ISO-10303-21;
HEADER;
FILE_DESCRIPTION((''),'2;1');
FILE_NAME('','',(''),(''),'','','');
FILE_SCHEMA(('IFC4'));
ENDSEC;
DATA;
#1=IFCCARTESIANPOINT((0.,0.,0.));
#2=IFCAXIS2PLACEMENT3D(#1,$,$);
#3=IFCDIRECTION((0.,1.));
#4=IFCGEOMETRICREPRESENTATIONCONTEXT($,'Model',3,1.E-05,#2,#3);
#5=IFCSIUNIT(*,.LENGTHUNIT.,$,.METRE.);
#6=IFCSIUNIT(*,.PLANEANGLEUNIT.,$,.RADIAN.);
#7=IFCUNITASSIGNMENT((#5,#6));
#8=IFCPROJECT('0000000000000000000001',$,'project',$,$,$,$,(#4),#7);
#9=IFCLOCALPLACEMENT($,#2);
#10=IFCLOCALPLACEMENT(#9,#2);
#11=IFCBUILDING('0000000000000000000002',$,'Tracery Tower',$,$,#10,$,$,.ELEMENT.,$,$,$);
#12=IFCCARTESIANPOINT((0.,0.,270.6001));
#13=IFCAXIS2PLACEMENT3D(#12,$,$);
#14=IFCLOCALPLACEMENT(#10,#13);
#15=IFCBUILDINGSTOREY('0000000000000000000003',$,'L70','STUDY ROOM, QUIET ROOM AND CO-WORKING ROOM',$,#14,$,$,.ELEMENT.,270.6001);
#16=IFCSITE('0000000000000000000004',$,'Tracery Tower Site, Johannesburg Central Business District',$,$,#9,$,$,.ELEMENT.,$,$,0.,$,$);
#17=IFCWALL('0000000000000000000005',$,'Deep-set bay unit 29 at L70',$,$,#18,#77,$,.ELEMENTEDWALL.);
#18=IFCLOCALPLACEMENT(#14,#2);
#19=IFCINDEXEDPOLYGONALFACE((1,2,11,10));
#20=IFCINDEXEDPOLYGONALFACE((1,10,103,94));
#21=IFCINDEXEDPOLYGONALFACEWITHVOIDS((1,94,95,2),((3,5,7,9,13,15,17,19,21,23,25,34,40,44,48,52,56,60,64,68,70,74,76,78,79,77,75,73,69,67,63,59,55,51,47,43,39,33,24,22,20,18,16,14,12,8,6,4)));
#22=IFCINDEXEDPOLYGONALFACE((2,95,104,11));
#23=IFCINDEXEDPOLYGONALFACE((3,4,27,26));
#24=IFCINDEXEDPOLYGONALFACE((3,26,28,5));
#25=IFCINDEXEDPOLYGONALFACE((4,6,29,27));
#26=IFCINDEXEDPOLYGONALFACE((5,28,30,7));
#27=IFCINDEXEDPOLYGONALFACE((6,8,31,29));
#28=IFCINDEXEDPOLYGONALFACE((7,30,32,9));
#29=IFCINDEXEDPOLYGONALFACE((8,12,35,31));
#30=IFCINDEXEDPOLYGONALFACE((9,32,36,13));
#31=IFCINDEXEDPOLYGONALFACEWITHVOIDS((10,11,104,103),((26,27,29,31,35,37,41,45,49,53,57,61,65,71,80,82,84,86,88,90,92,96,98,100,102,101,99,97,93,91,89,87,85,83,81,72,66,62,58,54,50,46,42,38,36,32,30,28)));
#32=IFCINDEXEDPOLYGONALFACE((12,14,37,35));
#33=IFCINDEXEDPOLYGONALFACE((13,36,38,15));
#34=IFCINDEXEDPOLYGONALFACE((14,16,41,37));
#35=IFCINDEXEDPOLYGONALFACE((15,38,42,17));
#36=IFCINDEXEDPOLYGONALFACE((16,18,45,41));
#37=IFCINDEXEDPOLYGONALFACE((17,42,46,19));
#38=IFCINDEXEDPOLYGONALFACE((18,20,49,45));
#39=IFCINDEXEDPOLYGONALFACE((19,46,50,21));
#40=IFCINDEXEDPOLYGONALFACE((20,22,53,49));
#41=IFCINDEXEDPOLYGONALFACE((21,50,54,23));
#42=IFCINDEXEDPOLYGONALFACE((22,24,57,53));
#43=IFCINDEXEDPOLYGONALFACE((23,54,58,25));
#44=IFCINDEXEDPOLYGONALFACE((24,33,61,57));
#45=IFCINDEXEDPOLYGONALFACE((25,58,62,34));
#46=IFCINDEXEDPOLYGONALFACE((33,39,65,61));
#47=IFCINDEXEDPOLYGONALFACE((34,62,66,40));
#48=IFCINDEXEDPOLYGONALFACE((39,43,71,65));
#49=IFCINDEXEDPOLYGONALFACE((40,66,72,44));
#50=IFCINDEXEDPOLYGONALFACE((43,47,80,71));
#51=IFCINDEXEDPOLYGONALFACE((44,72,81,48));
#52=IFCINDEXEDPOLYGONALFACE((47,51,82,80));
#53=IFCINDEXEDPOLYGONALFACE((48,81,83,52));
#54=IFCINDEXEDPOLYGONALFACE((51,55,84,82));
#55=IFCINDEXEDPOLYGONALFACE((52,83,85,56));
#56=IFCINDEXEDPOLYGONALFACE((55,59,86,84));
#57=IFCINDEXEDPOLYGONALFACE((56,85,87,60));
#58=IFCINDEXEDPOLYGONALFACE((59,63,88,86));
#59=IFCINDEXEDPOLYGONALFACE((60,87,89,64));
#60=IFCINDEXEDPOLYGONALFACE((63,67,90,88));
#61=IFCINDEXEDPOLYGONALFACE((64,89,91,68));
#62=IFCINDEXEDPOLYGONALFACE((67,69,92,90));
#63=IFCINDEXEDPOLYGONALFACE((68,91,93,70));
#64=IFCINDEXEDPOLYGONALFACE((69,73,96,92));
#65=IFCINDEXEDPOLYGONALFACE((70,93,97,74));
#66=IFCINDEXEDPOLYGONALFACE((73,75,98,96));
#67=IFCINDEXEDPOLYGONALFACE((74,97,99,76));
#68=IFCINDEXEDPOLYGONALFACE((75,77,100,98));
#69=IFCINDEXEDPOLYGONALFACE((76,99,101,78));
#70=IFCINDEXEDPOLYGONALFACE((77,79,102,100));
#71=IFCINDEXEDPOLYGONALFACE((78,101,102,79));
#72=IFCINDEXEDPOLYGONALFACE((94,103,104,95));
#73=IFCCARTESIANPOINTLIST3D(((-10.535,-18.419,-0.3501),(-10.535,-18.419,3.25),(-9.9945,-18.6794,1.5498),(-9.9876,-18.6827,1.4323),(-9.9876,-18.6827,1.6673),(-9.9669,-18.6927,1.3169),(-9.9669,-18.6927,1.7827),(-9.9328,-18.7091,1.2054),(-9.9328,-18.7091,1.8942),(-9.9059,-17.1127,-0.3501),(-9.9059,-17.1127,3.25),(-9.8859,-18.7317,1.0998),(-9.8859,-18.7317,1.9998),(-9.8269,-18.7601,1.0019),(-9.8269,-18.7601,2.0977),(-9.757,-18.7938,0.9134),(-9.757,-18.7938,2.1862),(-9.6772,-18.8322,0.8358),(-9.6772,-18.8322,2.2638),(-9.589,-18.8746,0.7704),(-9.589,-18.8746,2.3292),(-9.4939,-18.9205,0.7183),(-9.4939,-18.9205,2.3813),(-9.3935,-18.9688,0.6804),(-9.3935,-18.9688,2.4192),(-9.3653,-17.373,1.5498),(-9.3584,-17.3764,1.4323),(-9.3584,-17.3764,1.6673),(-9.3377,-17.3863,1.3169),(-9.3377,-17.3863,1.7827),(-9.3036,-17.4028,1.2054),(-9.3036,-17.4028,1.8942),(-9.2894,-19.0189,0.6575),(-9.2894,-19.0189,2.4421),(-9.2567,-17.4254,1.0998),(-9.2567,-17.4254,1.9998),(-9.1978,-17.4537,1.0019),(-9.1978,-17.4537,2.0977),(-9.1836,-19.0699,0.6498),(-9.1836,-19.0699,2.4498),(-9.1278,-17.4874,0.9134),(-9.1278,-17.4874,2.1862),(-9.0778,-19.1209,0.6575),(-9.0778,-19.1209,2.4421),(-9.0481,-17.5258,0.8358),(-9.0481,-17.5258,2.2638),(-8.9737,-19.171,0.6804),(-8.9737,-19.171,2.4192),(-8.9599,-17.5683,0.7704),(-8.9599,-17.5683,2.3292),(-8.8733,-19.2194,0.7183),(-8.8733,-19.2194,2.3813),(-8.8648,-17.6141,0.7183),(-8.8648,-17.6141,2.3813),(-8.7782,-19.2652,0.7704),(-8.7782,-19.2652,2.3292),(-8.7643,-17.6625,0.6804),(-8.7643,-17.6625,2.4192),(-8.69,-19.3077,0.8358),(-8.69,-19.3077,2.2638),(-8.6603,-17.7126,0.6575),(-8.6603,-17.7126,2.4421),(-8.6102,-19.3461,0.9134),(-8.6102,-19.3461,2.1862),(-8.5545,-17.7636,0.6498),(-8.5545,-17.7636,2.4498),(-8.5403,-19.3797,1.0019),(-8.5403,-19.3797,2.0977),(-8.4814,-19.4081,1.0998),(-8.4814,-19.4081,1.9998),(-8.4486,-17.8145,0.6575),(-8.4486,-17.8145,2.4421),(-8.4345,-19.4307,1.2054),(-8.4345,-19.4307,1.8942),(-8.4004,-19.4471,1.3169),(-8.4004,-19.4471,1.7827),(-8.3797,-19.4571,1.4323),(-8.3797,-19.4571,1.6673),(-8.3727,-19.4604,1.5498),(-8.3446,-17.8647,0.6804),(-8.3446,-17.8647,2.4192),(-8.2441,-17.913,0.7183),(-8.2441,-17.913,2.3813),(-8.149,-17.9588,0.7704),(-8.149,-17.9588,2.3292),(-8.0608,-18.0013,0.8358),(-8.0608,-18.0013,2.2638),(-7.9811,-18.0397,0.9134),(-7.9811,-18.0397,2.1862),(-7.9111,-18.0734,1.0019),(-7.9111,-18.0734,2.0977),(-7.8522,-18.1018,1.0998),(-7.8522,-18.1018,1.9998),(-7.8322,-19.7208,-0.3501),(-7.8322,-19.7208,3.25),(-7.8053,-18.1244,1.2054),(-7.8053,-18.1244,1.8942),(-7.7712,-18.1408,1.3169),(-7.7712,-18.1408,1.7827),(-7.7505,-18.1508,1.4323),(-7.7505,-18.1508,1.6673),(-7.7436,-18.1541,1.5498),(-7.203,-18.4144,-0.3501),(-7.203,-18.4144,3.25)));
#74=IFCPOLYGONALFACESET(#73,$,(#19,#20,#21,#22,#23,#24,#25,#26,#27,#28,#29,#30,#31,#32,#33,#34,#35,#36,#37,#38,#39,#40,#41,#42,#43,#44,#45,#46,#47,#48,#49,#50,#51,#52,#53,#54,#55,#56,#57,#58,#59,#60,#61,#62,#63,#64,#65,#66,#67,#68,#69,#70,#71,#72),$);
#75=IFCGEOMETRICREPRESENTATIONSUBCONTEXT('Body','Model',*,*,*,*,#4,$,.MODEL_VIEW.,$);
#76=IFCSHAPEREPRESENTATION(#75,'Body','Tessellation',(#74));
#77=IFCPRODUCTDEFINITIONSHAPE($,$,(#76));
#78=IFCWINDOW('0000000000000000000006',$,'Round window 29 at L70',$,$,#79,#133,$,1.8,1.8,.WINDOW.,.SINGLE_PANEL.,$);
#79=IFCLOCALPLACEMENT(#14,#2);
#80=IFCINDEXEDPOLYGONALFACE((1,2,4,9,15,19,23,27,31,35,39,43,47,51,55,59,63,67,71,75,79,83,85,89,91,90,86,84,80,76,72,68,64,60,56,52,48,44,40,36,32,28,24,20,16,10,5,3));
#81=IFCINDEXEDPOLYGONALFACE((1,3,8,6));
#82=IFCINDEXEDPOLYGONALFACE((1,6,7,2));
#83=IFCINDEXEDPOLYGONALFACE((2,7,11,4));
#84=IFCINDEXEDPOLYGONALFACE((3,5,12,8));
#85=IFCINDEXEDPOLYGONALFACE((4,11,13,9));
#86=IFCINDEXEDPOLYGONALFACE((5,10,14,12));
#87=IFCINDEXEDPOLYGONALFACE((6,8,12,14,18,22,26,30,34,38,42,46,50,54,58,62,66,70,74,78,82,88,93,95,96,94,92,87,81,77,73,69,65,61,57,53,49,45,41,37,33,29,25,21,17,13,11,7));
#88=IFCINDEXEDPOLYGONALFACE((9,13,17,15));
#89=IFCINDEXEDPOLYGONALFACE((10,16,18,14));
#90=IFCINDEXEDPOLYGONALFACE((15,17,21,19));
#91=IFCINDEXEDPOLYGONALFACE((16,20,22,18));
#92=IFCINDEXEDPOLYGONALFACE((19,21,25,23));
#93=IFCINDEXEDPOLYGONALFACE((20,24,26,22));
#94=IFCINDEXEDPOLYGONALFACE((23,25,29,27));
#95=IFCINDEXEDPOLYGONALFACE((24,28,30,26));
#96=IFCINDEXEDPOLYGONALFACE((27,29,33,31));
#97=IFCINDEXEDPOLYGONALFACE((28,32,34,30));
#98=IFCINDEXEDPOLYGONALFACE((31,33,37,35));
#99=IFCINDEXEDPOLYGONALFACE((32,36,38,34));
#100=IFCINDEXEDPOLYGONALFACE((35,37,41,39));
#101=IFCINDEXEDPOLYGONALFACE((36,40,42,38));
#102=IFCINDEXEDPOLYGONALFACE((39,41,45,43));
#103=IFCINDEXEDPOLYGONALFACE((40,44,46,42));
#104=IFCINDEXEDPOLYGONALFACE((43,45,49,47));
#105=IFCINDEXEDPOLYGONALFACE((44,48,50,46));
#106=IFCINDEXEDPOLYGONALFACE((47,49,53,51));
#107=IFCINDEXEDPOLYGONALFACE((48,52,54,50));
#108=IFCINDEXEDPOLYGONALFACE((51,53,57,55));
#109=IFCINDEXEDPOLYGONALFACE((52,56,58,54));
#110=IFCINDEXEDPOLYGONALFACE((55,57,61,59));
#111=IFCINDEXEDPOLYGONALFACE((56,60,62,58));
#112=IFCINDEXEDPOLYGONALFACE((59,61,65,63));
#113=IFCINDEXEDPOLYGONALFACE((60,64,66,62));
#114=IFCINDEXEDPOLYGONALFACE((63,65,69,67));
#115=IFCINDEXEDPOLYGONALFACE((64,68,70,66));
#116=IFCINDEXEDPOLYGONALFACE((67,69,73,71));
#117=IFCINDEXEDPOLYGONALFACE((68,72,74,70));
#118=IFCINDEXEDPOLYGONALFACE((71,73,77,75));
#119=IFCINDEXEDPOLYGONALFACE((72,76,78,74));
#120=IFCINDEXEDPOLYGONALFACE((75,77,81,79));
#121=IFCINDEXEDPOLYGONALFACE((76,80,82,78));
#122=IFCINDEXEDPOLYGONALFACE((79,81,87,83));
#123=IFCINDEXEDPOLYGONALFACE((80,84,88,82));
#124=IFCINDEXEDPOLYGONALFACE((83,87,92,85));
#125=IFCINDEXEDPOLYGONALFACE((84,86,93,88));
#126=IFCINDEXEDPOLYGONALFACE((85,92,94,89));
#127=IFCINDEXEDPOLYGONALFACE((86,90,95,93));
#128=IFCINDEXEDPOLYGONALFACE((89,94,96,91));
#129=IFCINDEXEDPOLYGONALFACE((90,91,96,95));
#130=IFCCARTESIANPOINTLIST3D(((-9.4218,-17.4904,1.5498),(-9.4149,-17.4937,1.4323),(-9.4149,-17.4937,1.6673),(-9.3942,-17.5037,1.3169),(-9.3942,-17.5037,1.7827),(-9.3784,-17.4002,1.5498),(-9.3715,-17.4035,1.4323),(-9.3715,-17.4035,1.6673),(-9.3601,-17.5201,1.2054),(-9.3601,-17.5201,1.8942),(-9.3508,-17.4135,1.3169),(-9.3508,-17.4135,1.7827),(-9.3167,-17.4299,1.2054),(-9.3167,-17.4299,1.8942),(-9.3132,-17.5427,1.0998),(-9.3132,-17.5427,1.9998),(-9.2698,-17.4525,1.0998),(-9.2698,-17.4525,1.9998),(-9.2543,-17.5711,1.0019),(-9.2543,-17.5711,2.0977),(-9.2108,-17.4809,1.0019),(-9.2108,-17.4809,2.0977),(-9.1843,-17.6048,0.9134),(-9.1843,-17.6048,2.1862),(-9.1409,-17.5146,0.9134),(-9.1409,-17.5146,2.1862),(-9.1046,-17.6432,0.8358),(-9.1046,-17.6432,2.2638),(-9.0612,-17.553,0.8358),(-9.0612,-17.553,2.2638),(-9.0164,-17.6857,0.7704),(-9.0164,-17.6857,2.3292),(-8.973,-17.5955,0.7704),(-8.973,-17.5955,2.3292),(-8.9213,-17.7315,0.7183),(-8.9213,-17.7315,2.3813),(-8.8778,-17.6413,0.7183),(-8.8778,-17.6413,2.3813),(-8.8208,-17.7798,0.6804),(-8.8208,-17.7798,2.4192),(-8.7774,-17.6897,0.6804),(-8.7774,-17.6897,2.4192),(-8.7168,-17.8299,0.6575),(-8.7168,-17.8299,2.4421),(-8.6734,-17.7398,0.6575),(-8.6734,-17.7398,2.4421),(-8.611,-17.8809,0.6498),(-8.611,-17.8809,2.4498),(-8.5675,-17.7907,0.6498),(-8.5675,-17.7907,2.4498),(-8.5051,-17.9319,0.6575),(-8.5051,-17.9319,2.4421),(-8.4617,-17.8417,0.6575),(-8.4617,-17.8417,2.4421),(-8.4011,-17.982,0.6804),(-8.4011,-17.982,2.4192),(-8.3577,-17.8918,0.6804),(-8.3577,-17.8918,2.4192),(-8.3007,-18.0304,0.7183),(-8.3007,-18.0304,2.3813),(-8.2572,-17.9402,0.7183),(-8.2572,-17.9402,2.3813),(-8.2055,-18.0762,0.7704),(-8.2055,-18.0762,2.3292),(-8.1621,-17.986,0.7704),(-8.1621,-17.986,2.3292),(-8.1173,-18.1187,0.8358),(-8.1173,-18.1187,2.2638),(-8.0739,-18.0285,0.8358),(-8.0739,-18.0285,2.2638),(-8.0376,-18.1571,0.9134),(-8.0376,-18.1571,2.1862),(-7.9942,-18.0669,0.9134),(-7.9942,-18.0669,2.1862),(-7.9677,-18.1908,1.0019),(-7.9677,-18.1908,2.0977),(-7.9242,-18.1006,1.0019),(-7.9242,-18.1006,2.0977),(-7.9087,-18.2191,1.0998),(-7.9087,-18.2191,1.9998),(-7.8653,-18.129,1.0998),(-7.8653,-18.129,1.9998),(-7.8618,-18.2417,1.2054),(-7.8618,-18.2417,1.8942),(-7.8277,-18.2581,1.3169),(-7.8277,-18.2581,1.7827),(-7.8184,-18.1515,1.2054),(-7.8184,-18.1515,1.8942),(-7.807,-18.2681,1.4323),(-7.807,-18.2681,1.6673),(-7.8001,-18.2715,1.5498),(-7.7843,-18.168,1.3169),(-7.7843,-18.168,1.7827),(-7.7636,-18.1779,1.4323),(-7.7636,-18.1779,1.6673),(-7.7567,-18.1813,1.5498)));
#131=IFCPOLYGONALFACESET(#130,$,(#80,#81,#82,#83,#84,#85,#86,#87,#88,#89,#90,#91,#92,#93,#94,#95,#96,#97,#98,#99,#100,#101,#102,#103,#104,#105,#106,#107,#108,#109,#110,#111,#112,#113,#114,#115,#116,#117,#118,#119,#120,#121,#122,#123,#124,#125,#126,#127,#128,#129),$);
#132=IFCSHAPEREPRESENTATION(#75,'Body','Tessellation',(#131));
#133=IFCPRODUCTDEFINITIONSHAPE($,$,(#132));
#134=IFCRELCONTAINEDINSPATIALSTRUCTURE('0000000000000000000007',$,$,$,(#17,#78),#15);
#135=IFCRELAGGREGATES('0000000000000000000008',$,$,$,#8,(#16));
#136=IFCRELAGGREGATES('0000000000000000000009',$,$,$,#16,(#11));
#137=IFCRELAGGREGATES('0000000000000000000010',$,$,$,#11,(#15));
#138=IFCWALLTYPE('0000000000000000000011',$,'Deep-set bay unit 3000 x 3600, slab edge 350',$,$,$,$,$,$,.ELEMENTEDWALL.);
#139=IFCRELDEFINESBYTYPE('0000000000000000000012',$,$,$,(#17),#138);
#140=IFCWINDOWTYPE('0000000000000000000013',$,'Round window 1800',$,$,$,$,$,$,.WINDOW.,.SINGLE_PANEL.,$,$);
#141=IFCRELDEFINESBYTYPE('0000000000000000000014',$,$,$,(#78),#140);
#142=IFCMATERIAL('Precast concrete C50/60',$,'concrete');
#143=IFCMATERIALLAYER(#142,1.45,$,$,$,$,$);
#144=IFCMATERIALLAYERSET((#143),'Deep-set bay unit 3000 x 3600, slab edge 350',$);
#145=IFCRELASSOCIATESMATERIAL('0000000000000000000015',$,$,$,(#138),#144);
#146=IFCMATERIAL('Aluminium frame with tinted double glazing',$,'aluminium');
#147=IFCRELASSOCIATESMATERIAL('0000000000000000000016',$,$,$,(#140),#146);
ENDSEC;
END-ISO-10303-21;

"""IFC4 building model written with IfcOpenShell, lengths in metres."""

from ifc_helpers import new_model, si_unit, direction, frame, frame_2d, origin, origin_2d, place, context, subcontext, project, spatial, rectangle, circle, extrude, material, layer, layer_set, type_object, element, fill, save


model = new_model("IFC4")

# Units and contexts
model_context = context("Model", 3, precision=1e-05, world=origin(), true_north=direction((0.0, 1.0)))
body_context = subcontext(model_context, "Body", "Model", "MODEL_VIEW")
ifc_project = project(units=[si_unit("LENGTHUNIT", "METRE"), si_unit("PLANEANGLEUNIT", "RADIAN")], contexts=[model_context])

# Site, building, storey
site_placement = place(None, origin())
site = spatial("IfcSite", under=ifc_project, at=site_placement, Name="Tracery Tower Site, Johannesburg Central Business District", CompositionType="ELEMENT", RefElevation=0.0)
building_placement = place(site_placement, origin())
building = spatial("IfcBuilding", under=site, at=building_placement, Name="Tracery Tower", CompositionType="ELEMENT")
storey_placement = place(building_placement, frame((0.0, 0.0, 270.6001)))
storey = spatial("IfcBuildingStorey", under=building, at=storey_placement, Name="L70", Description="STUDY ROOM, QUIET ROOM AND CO-WORKING ROOM", CompositionType="ELEMENT", Elevation=270.6001)

# Wall, opening, window
ifc_material_1 = material(Name="Precast concrete C50/60", Category="concrete")
ifc_layer_1 = layer(ifc_material_1, 1.45)
ifc_layer_set_1 = layer_set([ifc_layer_1], Name="Deep-set bay unit 3000 x 3600, slab edge 350")
wall_type_1 = type_object("IfcWallType", Name="Deep-set bay unit 3000 x 3600, slab edge 350", PredefinedType="ELEMENTEDWALL", material=ifc_layer_set_1)
ifc_material_2 = material(Name="Aluminium frame with tinted double glazing", Category="aluminium")
window_type = type_object("IfcWindowType", Name="Round window 1800", PartitioningType="SINGLE_PANEL", PredefinedType="WINDOW", material=ifc_material_2)
wall_1_placement = place(storey_placement, frame((-10.2205, -17.7659, -0.3501), z_axis=(0.0, 0.0, 1.0), x_axis=(0.900953, -0.433916, 0.0)))
wall_1 = element("IfcWall", 1, at=wall_1_placement, inside=storey, type_object=wall_type_1, Name="Deep-set bay unit 29 at L70", PredefinedType="ELEMENTEDWALL", context=body_context, shape_type="SweptSolid", body=[
    extrude(rectangle(XDim=3.0, YDim=1.45, at=frame_2d((1.5, 0.0))), origin(), (0.0, 0.0, 1.0), 3.6001),
])
opening_1_placement = place(wall_1_placement, frame((1.5, 0.0, 1.8999)))
opening_1 = element("IfcOpeningElement", 2, at=opening_1_placement, cuts=wall_1, PredefinedType="OPENING", context=body_context, shape_type="SweptSolid", body=[
    extrude(circle(Radius=0.9, at=origin_2d()), frame((0.0, 0.7349, 0.0), z_axis=(0.0, -1.0, 0.0), x_axis=(1.0, 0.0, 0.0)), (0.0, 0.0, 1.0), 1.47),
])
window_1_placement = place(opening_1_placement, origin())
window_1 = element("IfcWindow", 3, at=window_1_placement, inside=storey, type_object=window_type, Name="Round window 29 at L70", OverallHeight=1.8, OverallWidth=1.8, PartitioningType="SINGLE_PANEL", PredefinedType="WINDOW", context=body_context, shape_type="SweptSolid", body=[
    extrude(circle(Radius=0.9, at=origin_2d()), frame((0.0, 0.6948, 0.0), z_axis=(0.0, -1.0, 0.0), x_axis=(1.0, 0.0, 0.0)), (0.0, 0.0, 1.0), 0.1001),
])
fill(opening_1, window_1)

save(model, "model.ifc")
